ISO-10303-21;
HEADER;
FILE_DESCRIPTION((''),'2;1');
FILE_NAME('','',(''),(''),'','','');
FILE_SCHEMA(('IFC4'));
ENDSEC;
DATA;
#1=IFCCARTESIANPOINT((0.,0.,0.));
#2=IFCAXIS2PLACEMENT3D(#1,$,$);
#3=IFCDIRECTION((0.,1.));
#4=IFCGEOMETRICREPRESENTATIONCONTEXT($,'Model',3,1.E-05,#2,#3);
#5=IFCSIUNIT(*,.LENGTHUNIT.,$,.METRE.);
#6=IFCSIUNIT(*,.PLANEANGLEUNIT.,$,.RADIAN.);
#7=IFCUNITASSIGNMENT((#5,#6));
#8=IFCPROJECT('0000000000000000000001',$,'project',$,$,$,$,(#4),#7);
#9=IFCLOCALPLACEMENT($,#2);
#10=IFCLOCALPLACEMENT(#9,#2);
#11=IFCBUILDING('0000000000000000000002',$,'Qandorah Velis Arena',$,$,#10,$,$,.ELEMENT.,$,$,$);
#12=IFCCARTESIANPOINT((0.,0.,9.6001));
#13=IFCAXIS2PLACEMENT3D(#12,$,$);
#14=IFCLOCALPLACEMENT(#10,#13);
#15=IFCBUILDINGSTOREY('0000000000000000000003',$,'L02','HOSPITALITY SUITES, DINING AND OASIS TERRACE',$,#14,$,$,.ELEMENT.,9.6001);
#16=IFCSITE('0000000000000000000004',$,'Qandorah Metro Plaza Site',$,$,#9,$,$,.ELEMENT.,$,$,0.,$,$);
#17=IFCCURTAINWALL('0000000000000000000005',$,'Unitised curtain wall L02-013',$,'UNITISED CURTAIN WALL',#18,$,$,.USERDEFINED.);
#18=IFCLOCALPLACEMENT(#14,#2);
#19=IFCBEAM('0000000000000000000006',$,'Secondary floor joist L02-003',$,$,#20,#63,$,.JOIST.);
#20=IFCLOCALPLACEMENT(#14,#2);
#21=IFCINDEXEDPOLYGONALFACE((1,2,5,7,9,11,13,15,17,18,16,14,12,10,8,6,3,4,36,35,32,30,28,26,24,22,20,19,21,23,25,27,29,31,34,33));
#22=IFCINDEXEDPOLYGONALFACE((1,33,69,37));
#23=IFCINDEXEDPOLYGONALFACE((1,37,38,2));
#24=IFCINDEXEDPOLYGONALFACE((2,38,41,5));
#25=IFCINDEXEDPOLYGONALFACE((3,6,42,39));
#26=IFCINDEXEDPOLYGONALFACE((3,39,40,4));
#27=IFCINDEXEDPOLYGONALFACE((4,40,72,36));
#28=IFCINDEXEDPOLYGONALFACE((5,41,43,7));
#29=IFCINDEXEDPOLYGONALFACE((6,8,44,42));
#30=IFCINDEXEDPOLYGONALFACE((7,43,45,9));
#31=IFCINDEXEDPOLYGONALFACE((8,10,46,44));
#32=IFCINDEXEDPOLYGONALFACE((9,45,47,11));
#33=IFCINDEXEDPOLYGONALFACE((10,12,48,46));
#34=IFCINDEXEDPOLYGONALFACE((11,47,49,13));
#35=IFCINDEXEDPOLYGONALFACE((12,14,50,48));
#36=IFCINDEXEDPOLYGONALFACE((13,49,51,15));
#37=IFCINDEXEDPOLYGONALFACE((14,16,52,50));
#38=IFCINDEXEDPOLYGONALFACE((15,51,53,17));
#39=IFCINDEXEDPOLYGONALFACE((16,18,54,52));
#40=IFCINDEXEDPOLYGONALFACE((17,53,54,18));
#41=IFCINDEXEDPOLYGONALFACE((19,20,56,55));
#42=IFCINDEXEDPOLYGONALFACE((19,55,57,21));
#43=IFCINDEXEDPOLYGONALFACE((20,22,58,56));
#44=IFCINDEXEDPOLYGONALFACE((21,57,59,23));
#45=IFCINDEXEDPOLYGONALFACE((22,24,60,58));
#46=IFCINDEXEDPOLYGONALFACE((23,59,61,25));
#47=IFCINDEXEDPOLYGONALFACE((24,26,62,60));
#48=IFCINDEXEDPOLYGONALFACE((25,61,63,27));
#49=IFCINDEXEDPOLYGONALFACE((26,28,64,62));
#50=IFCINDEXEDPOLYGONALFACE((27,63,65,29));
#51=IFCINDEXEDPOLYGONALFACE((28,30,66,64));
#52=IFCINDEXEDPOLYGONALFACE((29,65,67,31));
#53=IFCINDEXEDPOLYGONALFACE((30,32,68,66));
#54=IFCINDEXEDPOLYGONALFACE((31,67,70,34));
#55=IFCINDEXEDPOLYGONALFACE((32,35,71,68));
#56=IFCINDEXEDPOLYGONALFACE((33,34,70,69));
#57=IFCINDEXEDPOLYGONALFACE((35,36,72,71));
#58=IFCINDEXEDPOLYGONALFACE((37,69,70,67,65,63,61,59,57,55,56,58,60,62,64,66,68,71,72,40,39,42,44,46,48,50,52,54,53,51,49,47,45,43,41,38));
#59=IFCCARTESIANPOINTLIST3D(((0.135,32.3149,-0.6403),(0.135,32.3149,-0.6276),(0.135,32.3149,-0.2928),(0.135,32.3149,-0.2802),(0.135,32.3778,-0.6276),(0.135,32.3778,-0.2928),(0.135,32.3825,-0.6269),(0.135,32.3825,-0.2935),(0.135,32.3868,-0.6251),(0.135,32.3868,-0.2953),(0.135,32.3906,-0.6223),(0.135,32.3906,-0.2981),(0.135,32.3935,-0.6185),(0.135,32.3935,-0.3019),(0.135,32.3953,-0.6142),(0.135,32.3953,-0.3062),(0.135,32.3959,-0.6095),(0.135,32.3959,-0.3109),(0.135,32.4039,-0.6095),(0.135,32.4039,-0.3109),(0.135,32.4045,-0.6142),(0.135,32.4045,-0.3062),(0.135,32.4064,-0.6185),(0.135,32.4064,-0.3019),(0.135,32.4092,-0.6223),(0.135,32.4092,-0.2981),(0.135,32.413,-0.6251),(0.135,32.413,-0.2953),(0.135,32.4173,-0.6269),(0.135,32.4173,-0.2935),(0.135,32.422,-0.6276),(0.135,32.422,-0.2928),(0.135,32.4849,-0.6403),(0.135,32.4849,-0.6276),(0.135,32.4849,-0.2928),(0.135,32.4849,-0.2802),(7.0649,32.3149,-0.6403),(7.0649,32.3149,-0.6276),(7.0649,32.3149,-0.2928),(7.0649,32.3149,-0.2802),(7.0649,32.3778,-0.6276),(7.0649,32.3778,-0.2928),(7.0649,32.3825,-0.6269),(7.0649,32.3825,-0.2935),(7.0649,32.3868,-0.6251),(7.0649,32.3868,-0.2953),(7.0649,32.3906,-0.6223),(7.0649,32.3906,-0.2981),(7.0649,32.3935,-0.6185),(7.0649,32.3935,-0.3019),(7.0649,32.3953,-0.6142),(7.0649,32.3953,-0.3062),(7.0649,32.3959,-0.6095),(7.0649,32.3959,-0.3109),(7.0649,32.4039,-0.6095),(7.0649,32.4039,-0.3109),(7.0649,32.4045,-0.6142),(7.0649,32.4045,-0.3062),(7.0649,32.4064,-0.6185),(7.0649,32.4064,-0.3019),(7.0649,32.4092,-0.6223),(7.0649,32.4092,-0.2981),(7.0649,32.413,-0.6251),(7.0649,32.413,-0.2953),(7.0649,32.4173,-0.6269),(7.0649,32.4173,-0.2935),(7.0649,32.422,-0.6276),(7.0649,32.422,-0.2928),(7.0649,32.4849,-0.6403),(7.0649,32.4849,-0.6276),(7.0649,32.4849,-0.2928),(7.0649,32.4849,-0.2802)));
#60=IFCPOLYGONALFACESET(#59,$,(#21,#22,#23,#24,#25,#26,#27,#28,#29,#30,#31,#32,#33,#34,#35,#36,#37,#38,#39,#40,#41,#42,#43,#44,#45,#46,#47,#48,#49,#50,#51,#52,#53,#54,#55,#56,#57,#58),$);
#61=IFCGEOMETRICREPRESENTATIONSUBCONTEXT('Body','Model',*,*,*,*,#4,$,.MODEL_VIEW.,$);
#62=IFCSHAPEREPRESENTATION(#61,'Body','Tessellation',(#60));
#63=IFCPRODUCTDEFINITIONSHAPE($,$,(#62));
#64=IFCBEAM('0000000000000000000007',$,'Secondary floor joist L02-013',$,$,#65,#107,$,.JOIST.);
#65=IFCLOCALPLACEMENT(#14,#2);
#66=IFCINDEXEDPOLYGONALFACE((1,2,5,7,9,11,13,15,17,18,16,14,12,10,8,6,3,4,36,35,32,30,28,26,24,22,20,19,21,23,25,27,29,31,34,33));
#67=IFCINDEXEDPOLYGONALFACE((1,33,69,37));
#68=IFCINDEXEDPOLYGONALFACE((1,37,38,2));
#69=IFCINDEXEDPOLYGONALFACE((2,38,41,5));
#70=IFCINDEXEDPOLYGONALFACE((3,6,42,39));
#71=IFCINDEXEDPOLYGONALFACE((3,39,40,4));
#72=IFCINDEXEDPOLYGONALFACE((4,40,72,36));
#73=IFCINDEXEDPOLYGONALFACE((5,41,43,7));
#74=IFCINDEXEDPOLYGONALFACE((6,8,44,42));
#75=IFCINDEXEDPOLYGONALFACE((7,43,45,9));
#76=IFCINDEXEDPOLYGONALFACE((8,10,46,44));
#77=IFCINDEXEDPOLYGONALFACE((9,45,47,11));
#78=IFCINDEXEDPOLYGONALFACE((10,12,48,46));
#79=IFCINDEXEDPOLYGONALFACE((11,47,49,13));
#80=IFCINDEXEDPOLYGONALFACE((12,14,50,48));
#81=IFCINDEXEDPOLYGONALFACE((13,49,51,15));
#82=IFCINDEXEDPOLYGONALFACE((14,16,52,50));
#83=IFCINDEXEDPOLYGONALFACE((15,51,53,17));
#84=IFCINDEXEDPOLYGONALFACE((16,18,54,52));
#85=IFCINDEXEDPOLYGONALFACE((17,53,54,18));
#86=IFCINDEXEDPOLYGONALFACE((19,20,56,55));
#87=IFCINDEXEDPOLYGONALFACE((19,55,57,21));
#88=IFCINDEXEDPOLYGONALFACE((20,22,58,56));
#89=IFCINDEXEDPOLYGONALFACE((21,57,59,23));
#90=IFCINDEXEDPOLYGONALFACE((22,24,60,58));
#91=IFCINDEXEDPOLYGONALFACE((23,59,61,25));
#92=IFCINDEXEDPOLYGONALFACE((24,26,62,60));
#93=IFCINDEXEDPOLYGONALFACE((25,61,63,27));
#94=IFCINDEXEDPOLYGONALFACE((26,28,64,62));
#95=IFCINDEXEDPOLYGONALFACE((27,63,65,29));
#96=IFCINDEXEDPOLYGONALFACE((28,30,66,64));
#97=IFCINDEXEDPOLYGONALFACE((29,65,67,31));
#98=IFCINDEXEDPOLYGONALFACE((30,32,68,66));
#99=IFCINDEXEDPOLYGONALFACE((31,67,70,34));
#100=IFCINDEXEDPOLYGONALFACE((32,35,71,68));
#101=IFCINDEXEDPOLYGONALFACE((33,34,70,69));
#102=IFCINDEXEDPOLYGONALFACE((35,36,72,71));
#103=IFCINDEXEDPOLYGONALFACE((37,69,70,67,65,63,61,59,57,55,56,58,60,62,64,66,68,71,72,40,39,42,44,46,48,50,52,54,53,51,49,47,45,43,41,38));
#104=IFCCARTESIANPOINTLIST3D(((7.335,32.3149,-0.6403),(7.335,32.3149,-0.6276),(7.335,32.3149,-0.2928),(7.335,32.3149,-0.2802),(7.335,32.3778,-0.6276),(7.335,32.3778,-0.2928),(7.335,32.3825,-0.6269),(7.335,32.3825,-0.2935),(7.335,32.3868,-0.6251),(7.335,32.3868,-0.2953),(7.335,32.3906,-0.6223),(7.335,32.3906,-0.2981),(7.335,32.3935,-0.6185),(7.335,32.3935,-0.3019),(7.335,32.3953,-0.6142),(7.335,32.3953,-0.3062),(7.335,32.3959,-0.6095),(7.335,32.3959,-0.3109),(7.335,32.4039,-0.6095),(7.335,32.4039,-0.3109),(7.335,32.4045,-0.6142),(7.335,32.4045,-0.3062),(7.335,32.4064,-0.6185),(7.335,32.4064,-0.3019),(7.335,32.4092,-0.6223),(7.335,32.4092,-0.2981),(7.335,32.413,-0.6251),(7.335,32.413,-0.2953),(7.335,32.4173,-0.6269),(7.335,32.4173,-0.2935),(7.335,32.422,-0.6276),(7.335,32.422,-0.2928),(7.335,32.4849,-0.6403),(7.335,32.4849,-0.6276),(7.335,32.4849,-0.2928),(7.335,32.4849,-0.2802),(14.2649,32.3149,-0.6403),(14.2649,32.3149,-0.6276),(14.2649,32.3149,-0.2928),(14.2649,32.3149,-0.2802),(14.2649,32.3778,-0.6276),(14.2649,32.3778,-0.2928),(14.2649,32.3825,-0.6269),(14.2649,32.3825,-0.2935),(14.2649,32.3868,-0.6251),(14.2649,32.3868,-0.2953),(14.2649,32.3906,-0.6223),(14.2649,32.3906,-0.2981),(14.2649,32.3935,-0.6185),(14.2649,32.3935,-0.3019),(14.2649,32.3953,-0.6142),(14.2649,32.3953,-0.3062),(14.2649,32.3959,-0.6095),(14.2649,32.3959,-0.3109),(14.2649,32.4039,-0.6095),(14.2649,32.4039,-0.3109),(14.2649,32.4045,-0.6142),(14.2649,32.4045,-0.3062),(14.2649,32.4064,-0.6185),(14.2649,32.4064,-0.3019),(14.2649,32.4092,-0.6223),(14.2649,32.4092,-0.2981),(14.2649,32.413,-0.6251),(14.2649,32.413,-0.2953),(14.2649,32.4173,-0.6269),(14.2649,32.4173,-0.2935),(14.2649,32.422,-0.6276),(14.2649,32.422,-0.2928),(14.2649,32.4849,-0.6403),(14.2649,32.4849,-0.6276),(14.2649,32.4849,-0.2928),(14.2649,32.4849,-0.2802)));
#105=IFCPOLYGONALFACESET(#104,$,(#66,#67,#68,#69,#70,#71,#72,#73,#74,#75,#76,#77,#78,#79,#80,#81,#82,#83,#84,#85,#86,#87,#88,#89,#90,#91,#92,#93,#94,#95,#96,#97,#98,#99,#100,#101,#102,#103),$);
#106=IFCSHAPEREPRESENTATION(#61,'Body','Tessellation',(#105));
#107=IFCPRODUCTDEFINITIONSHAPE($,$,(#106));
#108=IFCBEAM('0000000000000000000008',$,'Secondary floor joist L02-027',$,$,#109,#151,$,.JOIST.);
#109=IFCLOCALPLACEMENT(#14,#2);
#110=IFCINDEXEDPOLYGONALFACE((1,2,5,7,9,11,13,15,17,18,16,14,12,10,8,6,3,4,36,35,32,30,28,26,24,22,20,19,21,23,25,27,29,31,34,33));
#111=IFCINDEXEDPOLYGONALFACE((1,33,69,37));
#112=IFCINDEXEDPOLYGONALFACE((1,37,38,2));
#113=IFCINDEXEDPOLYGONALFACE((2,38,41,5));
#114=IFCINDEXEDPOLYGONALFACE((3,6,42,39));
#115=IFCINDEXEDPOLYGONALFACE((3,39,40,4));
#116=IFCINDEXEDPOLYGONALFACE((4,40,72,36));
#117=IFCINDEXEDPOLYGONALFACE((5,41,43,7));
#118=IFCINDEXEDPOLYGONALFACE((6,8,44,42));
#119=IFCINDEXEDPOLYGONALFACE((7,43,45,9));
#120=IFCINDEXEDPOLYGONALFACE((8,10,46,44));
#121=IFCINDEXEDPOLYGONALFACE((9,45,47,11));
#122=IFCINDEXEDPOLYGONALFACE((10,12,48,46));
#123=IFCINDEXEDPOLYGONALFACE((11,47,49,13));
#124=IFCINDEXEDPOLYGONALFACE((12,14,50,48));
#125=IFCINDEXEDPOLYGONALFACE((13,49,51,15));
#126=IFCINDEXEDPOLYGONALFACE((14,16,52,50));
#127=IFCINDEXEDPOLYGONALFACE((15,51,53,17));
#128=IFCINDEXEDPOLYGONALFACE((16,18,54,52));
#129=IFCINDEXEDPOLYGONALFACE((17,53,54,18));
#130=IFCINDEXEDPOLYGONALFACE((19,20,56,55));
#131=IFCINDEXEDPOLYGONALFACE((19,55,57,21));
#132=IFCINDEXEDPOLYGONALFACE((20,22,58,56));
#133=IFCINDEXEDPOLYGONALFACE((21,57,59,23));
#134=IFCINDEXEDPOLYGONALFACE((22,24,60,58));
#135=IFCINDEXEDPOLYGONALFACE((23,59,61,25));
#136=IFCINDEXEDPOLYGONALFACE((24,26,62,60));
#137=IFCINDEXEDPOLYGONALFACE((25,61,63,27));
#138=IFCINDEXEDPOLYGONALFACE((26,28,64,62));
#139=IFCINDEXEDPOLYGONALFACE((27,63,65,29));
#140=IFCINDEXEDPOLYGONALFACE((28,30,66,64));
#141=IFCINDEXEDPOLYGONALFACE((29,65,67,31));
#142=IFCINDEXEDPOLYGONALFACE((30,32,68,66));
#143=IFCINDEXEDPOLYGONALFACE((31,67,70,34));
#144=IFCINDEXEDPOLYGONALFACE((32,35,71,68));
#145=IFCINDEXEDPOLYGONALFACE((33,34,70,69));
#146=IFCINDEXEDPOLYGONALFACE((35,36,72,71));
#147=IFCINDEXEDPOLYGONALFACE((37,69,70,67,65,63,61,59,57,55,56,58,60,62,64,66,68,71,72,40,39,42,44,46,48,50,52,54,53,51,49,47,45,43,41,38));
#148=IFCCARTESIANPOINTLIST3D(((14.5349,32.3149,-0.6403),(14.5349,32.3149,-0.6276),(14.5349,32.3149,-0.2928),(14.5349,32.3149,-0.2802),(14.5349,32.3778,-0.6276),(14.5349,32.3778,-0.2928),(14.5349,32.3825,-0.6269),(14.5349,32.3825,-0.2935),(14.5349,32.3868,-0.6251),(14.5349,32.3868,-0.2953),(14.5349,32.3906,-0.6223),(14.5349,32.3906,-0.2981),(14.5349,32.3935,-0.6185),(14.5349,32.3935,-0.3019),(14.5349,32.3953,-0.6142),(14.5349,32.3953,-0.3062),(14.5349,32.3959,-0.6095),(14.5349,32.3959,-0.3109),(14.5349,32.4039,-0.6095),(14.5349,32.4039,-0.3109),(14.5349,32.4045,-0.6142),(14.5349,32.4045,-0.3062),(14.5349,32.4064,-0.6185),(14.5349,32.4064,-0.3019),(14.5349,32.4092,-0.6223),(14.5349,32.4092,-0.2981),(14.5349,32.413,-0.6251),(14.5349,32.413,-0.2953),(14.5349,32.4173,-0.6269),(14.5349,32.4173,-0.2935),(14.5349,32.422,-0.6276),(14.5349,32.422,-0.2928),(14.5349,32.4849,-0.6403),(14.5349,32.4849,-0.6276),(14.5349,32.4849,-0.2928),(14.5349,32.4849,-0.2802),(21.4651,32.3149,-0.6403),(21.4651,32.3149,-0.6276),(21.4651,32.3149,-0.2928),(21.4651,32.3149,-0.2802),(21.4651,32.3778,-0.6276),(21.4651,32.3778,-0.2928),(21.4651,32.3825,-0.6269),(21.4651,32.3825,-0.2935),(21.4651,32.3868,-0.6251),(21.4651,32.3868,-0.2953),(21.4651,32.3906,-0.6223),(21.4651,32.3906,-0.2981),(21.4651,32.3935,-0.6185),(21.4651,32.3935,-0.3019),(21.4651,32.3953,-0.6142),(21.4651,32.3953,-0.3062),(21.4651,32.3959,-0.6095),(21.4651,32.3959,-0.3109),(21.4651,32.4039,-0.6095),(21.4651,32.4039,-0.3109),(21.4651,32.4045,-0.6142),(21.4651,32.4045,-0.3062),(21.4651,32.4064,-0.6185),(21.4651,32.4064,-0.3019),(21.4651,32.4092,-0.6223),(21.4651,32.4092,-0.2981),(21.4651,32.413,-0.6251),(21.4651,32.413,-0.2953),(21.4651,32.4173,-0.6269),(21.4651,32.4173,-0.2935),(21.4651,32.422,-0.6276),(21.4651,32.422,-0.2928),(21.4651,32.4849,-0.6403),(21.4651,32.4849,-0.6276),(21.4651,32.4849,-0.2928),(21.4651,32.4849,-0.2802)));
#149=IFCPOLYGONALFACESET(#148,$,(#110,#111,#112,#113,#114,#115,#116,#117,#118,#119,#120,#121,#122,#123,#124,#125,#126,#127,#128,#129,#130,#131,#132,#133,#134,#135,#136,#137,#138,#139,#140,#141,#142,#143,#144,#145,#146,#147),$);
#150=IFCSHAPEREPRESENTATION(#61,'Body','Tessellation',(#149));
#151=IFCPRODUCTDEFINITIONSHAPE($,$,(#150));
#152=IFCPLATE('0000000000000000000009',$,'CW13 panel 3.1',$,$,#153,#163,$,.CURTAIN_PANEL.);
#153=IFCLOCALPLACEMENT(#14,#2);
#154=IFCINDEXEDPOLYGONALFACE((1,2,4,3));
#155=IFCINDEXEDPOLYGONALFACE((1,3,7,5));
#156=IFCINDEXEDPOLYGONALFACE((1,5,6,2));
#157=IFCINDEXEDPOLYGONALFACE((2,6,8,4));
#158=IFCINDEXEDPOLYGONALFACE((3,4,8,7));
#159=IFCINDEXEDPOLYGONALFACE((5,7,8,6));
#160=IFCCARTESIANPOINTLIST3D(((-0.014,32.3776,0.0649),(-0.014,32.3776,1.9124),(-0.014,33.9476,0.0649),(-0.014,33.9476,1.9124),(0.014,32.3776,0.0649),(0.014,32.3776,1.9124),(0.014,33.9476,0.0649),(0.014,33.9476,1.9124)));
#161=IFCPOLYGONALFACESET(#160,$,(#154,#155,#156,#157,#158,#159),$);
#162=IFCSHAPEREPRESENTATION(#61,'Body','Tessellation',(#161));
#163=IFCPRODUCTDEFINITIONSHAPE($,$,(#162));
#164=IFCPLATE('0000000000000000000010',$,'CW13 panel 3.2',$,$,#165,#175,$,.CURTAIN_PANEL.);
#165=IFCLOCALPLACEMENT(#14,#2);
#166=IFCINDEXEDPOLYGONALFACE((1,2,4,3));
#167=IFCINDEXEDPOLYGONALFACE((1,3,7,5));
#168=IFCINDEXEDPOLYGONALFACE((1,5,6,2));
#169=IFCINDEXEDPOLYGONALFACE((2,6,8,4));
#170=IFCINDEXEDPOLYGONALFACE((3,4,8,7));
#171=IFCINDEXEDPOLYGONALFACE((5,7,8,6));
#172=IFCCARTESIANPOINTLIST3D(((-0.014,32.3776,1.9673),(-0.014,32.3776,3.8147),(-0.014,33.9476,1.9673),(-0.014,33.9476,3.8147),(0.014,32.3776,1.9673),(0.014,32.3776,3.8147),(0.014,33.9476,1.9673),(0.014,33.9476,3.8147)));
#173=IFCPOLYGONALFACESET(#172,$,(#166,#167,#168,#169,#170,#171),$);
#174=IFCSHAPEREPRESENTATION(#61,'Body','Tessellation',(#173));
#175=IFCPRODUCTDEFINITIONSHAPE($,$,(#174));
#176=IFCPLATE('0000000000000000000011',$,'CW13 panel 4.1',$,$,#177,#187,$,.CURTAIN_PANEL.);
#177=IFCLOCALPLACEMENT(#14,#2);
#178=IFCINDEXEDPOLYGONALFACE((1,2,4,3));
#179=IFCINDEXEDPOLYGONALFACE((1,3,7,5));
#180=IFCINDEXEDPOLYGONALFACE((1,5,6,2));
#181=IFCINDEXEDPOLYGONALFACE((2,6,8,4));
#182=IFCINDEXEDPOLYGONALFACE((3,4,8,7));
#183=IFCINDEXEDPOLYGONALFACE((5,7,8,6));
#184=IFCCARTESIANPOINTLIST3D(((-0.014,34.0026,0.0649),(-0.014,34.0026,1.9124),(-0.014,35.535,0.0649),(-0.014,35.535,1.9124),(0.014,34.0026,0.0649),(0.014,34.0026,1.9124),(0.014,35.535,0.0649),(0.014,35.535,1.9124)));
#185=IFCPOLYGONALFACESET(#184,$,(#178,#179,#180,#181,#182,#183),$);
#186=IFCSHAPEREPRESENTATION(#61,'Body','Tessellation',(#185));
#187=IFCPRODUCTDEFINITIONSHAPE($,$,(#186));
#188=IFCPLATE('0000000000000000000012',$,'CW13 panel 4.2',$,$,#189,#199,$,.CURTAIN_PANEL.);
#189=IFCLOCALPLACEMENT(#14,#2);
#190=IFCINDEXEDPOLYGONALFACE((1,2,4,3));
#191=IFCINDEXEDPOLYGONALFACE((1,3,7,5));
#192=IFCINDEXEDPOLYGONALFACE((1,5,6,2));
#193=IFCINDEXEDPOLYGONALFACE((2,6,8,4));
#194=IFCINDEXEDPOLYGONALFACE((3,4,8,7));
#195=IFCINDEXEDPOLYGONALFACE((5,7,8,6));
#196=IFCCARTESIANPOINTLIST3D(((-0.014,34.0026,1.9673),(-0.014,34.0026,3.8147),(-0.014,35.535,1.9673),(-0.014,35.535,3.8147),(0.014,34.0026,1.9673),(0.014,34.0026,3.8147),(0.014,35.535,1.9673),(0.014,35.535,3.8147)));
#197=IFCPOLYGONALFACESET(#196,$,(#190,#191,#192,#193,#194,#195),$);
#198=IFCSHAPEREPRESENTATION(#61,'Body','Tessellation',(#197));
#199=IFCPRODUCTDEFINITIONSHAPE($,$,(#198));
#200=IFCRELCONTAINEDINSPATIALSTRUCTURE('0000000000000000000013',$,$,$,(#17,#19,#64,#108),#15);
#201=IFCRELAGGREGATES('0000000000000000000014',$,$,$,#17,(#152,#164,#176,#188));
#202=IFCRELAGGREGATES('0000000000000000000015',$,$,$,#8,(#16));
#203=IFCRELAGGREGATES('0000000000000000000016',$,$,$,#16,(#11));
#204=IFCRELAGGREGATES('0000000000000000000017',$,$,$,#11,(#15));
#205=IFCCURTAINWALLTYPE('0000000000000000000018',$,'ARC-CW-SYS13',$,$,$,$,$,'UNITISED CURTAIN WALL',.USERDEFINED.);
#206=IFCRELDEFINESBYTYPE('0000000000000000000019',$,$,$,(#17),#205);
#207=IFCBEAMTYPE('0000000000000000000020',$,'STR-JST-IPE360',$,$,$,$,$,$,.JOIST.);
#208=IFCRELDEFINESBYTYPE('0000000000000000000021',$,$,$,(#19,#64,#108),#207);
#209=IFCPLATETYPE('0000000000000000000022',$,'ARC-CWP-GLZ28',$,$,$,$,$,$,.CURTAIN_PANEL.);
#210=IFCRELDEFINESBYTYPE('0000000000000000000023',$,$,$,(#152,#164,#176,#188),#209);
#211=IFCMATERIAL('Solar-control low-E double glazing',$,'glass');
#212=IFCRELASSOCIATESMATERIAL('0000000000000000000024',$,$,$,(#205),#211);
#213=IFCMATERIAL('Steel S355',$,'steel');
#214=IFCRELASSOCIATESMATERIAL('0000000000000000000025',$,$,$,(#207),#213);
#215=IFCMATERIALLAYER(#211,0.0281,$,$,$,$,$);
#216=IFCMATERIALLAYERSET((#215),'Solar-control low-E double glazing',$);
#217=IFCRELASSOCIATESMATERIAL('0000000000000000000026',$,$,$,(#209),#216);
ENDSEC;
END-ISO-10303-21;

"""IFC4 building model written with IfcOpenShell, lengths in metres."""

from ifc_helpers import new_model, si_unit, direction, frame, origin, origin_2d, place, context, subcontext, project, spatial, rectangle, i_section, extrude, material, layer, layer_set, material_profile, profile_set, type_object, element, aggregate, save


model = new_model("IFC4")

# Units and contexts
model_context = context("Model", 3, precision=1e-05, world=origin(), true_north=direction((0.0, 1.0)))
body_context = subcontext(model_context, "Body", "Model", "MODEL_VIEW")
ifc_project = project(units=[si_unit("LENGTHUNIT", "METRE"), si_unit("PLANEANGLEUNIT", "RADIAN")], contexts=[model_context])

# Site, building, storey
site_placement = place(None, origin())
site = spatial("IfcSite", under=ifc_project, at=site_placement, Name="Qandorah Metro Plaza Site", CompositionType="ELEMENT", RefElevation=0.0)
building_placement = place(site_placement, origin())
building = spatial("IfcBuilding", under=site, at=building_placement, Name="Qandorah Velis Arena", CompositionType="ELEMENT")
storey_placement = place(building_placement, frame((0.0, 0.0, 9.6001)))
storey = spatial("IfcBuildingStorey", under=building, at=storey_placement, Name="L02", Description="HOSPITALITY SUITES, DINING AND OASIS TERRACE", CompositionType="ELEMENT", Elevation=9.6001)

# Curtain wall
ifc_material_1 = material(Name="Solar-control low-E double glazing", Category="glass")
curtain_wall_type = type_object("IfcCurtainWallType", Name="ARC-CW-SYS13", ElementType="UNITISED CURTAIN WALL", PredefinedType="USERDEFINED", material=ifc_material_1)
curtain_wall_placement = place(storey_placement, origin())
curtain_wall = element("IfcCurtainWall", 1, at=curtain_wall_placement, inside=storey, type_object=curtain_wall_type, Name="Unitised curtain wall L02-013", ObjectType="UNITISED CURTAIN WALL", PredefinedType="USERDEFINED")

# Beams
ifc_material_2 = material(Name="Steel S355", Category="steel")
ifc_material_profile_1 = material_profile(ifc_material_2, i_section(OverallWidth=0.1699, OverallDepth=0.3601, WebThickness=0.0081, FlangeThickness=0.0127, FilletRadius=0.0181, at=origin_2d()), Name="IPE 360")
ifc_profile_set_1 = profile_set([ifc_material_profile_1], Name="Steel S355")
beam_type_1 = type_object("IfcBeamType", Name="STR-JST-IPE360", PredefinedType="JOIST", material=ifc_profile_set_1)
for number, where, z_axis, x_axis, name in (
    (2, (0.135, 32.3999, -0.4602), (1.0, 0.0, 0.0), (0.0, 1.0, 0.0), "Secondary floor joist L02-003"),
    (3, (7.335, 32.3999, -0.4602), (1.0, 0.0, 0.0), (0.0, 1.0, 0.0), "Secondary floor joist L02-013"),
):
    element("IfcBeam", number, at=place(storey_placement, frame(where, z_axis=z_axis, x_axis=x_axis)), inside=storey, type_object=beam_type_1, Name=name, PredefinedType="JOIST", context=body_context, shape_type="SweptSolid", body=[
        extrude(i_section(OverallWidth=0.1699, OverallDepth=0.3601, WebThickness=0.0081, FlangeThickness=0.0127, FilletRadius=0.0181, at=origin_2d()), origin(), (0.0, 0.0, 1.0), 6.9299),
    ])
beam_1_placement = place(storey_placement, frame((14.5349, 32.3999, -0.4602), z_axis=(1.0, 0.0, 0.0), x_axis=(0.0, 1.0, 0.0)))
element("IfcBeam", 4, at=beam_1_placement, inside=storey, type_object=beam_type_1, Name="Secondary floor joist L02-027", PredefinedType="JOIST", context=body_context, shape_type="SweptSolid", body=[
    extrude(i_section(OverallWidth=0.1699, OverallDepth=0.3601, WebThickness=0.0081, FlangeThickness=0.0127, FilletRadius=0.0181, at=origin_2d()), origin(), (0.0, 0.0, 1.0), 6.9302),
])

# Plates
ifc_layer_1 = layer(ifc_material_1, 0.0281)
ifc_layer_set_1 = layer_set([ifc_layer_1], Name="Solar-control low-E double glazing")
plate_type = type_object("IfcPlateType", Name="ARC-CWP-GLZ28", PredefinedType="CURTAIN_PANEL", material=ifc_layer_set_1)
plate_1_placement = place(storey_placement, frame((0.0, 33.1626, 0.0649), z_axis=(0.0, 0.0, 1.0), x_axis=(0.0, 1.0, 0.0)))
plate_1 = element("IfcPlate", 5, at=plate_1_placement, type_object=plate_type, Name="CW13 panel 3.1", PredefinedType="CURTAIN_PANEL", context=body_context, shape_type="SweptSolid", body=[
    extrude(rectangle(XDim=1.5701, YDim=0.0281, at=origin_2d()), origin(), (0.0, 0.0, 1.0), 1.8474),
])
plate_2_placement = place(storey_placement, frame((0.0, 33.1626, 1.9673), z_axis=(0.0, 0.0, 1.0), x_axis=(0.0, 1.0, 0.0)))
plate_2 = element("IfcPlate", 6, at=plate_2_placement, type_object=plate_type, Name="CW13 panel 3.2", PredefinedType="CURTAIN_PANEL", context=body_context, shape_type="SweptSolid", body=[
    extrude(rectangle(XDim=1.5701, YDim=0.0281, at=origin_2d()), origin(), (0.0, 0.0, 1.0), 1.8474),
])
plate_3_placement = place(storey_placement, frame((0.0, 34.7688, 0.0649), z_axis=(0.0, 0.0, 1.0), x_axis=(0.0, 1.0, 0.0)))
plate_3 = element("IfcPlate", 7, at=plate_3_placement, type_object=plate_type, Name="CW13 panel 4.1", PredefinedType="CURTAIN_PANEL", context=body_context, shape_type="SweptSolid", body=[
    extrude(rectangle(XDim=1.5325, YDim=0.0281, at=origin_2d()), origin(), (0.0, 0.0, 1.0), 1.8474),
])
plate_4_placement = place(storey_placement, frame((0.0, 34.7688, 1.9673), z_axis=(0.0, 0.0, 1.0), x_axis=(0.0, 1.0, 0.0)))
plate_4 = element("IfcPlate", 8, at=plate_4_placement, type_object=plate_type, Name="CW13 panel 4.2", PredefinedType="CURTAIN_PANEL", context=body_context, shape_type="SweptSolid", body=[
    extrude(rectangle(XDim=1.5325, YDim=0.0281, at=origin_2d()), origin(), (0.0, 0.0, 1.0), 1.8474),
])
aggregate(curtain_wall, [plate_1, plate_2, plate_3, plate_4])

save(model, "model.ifc")
